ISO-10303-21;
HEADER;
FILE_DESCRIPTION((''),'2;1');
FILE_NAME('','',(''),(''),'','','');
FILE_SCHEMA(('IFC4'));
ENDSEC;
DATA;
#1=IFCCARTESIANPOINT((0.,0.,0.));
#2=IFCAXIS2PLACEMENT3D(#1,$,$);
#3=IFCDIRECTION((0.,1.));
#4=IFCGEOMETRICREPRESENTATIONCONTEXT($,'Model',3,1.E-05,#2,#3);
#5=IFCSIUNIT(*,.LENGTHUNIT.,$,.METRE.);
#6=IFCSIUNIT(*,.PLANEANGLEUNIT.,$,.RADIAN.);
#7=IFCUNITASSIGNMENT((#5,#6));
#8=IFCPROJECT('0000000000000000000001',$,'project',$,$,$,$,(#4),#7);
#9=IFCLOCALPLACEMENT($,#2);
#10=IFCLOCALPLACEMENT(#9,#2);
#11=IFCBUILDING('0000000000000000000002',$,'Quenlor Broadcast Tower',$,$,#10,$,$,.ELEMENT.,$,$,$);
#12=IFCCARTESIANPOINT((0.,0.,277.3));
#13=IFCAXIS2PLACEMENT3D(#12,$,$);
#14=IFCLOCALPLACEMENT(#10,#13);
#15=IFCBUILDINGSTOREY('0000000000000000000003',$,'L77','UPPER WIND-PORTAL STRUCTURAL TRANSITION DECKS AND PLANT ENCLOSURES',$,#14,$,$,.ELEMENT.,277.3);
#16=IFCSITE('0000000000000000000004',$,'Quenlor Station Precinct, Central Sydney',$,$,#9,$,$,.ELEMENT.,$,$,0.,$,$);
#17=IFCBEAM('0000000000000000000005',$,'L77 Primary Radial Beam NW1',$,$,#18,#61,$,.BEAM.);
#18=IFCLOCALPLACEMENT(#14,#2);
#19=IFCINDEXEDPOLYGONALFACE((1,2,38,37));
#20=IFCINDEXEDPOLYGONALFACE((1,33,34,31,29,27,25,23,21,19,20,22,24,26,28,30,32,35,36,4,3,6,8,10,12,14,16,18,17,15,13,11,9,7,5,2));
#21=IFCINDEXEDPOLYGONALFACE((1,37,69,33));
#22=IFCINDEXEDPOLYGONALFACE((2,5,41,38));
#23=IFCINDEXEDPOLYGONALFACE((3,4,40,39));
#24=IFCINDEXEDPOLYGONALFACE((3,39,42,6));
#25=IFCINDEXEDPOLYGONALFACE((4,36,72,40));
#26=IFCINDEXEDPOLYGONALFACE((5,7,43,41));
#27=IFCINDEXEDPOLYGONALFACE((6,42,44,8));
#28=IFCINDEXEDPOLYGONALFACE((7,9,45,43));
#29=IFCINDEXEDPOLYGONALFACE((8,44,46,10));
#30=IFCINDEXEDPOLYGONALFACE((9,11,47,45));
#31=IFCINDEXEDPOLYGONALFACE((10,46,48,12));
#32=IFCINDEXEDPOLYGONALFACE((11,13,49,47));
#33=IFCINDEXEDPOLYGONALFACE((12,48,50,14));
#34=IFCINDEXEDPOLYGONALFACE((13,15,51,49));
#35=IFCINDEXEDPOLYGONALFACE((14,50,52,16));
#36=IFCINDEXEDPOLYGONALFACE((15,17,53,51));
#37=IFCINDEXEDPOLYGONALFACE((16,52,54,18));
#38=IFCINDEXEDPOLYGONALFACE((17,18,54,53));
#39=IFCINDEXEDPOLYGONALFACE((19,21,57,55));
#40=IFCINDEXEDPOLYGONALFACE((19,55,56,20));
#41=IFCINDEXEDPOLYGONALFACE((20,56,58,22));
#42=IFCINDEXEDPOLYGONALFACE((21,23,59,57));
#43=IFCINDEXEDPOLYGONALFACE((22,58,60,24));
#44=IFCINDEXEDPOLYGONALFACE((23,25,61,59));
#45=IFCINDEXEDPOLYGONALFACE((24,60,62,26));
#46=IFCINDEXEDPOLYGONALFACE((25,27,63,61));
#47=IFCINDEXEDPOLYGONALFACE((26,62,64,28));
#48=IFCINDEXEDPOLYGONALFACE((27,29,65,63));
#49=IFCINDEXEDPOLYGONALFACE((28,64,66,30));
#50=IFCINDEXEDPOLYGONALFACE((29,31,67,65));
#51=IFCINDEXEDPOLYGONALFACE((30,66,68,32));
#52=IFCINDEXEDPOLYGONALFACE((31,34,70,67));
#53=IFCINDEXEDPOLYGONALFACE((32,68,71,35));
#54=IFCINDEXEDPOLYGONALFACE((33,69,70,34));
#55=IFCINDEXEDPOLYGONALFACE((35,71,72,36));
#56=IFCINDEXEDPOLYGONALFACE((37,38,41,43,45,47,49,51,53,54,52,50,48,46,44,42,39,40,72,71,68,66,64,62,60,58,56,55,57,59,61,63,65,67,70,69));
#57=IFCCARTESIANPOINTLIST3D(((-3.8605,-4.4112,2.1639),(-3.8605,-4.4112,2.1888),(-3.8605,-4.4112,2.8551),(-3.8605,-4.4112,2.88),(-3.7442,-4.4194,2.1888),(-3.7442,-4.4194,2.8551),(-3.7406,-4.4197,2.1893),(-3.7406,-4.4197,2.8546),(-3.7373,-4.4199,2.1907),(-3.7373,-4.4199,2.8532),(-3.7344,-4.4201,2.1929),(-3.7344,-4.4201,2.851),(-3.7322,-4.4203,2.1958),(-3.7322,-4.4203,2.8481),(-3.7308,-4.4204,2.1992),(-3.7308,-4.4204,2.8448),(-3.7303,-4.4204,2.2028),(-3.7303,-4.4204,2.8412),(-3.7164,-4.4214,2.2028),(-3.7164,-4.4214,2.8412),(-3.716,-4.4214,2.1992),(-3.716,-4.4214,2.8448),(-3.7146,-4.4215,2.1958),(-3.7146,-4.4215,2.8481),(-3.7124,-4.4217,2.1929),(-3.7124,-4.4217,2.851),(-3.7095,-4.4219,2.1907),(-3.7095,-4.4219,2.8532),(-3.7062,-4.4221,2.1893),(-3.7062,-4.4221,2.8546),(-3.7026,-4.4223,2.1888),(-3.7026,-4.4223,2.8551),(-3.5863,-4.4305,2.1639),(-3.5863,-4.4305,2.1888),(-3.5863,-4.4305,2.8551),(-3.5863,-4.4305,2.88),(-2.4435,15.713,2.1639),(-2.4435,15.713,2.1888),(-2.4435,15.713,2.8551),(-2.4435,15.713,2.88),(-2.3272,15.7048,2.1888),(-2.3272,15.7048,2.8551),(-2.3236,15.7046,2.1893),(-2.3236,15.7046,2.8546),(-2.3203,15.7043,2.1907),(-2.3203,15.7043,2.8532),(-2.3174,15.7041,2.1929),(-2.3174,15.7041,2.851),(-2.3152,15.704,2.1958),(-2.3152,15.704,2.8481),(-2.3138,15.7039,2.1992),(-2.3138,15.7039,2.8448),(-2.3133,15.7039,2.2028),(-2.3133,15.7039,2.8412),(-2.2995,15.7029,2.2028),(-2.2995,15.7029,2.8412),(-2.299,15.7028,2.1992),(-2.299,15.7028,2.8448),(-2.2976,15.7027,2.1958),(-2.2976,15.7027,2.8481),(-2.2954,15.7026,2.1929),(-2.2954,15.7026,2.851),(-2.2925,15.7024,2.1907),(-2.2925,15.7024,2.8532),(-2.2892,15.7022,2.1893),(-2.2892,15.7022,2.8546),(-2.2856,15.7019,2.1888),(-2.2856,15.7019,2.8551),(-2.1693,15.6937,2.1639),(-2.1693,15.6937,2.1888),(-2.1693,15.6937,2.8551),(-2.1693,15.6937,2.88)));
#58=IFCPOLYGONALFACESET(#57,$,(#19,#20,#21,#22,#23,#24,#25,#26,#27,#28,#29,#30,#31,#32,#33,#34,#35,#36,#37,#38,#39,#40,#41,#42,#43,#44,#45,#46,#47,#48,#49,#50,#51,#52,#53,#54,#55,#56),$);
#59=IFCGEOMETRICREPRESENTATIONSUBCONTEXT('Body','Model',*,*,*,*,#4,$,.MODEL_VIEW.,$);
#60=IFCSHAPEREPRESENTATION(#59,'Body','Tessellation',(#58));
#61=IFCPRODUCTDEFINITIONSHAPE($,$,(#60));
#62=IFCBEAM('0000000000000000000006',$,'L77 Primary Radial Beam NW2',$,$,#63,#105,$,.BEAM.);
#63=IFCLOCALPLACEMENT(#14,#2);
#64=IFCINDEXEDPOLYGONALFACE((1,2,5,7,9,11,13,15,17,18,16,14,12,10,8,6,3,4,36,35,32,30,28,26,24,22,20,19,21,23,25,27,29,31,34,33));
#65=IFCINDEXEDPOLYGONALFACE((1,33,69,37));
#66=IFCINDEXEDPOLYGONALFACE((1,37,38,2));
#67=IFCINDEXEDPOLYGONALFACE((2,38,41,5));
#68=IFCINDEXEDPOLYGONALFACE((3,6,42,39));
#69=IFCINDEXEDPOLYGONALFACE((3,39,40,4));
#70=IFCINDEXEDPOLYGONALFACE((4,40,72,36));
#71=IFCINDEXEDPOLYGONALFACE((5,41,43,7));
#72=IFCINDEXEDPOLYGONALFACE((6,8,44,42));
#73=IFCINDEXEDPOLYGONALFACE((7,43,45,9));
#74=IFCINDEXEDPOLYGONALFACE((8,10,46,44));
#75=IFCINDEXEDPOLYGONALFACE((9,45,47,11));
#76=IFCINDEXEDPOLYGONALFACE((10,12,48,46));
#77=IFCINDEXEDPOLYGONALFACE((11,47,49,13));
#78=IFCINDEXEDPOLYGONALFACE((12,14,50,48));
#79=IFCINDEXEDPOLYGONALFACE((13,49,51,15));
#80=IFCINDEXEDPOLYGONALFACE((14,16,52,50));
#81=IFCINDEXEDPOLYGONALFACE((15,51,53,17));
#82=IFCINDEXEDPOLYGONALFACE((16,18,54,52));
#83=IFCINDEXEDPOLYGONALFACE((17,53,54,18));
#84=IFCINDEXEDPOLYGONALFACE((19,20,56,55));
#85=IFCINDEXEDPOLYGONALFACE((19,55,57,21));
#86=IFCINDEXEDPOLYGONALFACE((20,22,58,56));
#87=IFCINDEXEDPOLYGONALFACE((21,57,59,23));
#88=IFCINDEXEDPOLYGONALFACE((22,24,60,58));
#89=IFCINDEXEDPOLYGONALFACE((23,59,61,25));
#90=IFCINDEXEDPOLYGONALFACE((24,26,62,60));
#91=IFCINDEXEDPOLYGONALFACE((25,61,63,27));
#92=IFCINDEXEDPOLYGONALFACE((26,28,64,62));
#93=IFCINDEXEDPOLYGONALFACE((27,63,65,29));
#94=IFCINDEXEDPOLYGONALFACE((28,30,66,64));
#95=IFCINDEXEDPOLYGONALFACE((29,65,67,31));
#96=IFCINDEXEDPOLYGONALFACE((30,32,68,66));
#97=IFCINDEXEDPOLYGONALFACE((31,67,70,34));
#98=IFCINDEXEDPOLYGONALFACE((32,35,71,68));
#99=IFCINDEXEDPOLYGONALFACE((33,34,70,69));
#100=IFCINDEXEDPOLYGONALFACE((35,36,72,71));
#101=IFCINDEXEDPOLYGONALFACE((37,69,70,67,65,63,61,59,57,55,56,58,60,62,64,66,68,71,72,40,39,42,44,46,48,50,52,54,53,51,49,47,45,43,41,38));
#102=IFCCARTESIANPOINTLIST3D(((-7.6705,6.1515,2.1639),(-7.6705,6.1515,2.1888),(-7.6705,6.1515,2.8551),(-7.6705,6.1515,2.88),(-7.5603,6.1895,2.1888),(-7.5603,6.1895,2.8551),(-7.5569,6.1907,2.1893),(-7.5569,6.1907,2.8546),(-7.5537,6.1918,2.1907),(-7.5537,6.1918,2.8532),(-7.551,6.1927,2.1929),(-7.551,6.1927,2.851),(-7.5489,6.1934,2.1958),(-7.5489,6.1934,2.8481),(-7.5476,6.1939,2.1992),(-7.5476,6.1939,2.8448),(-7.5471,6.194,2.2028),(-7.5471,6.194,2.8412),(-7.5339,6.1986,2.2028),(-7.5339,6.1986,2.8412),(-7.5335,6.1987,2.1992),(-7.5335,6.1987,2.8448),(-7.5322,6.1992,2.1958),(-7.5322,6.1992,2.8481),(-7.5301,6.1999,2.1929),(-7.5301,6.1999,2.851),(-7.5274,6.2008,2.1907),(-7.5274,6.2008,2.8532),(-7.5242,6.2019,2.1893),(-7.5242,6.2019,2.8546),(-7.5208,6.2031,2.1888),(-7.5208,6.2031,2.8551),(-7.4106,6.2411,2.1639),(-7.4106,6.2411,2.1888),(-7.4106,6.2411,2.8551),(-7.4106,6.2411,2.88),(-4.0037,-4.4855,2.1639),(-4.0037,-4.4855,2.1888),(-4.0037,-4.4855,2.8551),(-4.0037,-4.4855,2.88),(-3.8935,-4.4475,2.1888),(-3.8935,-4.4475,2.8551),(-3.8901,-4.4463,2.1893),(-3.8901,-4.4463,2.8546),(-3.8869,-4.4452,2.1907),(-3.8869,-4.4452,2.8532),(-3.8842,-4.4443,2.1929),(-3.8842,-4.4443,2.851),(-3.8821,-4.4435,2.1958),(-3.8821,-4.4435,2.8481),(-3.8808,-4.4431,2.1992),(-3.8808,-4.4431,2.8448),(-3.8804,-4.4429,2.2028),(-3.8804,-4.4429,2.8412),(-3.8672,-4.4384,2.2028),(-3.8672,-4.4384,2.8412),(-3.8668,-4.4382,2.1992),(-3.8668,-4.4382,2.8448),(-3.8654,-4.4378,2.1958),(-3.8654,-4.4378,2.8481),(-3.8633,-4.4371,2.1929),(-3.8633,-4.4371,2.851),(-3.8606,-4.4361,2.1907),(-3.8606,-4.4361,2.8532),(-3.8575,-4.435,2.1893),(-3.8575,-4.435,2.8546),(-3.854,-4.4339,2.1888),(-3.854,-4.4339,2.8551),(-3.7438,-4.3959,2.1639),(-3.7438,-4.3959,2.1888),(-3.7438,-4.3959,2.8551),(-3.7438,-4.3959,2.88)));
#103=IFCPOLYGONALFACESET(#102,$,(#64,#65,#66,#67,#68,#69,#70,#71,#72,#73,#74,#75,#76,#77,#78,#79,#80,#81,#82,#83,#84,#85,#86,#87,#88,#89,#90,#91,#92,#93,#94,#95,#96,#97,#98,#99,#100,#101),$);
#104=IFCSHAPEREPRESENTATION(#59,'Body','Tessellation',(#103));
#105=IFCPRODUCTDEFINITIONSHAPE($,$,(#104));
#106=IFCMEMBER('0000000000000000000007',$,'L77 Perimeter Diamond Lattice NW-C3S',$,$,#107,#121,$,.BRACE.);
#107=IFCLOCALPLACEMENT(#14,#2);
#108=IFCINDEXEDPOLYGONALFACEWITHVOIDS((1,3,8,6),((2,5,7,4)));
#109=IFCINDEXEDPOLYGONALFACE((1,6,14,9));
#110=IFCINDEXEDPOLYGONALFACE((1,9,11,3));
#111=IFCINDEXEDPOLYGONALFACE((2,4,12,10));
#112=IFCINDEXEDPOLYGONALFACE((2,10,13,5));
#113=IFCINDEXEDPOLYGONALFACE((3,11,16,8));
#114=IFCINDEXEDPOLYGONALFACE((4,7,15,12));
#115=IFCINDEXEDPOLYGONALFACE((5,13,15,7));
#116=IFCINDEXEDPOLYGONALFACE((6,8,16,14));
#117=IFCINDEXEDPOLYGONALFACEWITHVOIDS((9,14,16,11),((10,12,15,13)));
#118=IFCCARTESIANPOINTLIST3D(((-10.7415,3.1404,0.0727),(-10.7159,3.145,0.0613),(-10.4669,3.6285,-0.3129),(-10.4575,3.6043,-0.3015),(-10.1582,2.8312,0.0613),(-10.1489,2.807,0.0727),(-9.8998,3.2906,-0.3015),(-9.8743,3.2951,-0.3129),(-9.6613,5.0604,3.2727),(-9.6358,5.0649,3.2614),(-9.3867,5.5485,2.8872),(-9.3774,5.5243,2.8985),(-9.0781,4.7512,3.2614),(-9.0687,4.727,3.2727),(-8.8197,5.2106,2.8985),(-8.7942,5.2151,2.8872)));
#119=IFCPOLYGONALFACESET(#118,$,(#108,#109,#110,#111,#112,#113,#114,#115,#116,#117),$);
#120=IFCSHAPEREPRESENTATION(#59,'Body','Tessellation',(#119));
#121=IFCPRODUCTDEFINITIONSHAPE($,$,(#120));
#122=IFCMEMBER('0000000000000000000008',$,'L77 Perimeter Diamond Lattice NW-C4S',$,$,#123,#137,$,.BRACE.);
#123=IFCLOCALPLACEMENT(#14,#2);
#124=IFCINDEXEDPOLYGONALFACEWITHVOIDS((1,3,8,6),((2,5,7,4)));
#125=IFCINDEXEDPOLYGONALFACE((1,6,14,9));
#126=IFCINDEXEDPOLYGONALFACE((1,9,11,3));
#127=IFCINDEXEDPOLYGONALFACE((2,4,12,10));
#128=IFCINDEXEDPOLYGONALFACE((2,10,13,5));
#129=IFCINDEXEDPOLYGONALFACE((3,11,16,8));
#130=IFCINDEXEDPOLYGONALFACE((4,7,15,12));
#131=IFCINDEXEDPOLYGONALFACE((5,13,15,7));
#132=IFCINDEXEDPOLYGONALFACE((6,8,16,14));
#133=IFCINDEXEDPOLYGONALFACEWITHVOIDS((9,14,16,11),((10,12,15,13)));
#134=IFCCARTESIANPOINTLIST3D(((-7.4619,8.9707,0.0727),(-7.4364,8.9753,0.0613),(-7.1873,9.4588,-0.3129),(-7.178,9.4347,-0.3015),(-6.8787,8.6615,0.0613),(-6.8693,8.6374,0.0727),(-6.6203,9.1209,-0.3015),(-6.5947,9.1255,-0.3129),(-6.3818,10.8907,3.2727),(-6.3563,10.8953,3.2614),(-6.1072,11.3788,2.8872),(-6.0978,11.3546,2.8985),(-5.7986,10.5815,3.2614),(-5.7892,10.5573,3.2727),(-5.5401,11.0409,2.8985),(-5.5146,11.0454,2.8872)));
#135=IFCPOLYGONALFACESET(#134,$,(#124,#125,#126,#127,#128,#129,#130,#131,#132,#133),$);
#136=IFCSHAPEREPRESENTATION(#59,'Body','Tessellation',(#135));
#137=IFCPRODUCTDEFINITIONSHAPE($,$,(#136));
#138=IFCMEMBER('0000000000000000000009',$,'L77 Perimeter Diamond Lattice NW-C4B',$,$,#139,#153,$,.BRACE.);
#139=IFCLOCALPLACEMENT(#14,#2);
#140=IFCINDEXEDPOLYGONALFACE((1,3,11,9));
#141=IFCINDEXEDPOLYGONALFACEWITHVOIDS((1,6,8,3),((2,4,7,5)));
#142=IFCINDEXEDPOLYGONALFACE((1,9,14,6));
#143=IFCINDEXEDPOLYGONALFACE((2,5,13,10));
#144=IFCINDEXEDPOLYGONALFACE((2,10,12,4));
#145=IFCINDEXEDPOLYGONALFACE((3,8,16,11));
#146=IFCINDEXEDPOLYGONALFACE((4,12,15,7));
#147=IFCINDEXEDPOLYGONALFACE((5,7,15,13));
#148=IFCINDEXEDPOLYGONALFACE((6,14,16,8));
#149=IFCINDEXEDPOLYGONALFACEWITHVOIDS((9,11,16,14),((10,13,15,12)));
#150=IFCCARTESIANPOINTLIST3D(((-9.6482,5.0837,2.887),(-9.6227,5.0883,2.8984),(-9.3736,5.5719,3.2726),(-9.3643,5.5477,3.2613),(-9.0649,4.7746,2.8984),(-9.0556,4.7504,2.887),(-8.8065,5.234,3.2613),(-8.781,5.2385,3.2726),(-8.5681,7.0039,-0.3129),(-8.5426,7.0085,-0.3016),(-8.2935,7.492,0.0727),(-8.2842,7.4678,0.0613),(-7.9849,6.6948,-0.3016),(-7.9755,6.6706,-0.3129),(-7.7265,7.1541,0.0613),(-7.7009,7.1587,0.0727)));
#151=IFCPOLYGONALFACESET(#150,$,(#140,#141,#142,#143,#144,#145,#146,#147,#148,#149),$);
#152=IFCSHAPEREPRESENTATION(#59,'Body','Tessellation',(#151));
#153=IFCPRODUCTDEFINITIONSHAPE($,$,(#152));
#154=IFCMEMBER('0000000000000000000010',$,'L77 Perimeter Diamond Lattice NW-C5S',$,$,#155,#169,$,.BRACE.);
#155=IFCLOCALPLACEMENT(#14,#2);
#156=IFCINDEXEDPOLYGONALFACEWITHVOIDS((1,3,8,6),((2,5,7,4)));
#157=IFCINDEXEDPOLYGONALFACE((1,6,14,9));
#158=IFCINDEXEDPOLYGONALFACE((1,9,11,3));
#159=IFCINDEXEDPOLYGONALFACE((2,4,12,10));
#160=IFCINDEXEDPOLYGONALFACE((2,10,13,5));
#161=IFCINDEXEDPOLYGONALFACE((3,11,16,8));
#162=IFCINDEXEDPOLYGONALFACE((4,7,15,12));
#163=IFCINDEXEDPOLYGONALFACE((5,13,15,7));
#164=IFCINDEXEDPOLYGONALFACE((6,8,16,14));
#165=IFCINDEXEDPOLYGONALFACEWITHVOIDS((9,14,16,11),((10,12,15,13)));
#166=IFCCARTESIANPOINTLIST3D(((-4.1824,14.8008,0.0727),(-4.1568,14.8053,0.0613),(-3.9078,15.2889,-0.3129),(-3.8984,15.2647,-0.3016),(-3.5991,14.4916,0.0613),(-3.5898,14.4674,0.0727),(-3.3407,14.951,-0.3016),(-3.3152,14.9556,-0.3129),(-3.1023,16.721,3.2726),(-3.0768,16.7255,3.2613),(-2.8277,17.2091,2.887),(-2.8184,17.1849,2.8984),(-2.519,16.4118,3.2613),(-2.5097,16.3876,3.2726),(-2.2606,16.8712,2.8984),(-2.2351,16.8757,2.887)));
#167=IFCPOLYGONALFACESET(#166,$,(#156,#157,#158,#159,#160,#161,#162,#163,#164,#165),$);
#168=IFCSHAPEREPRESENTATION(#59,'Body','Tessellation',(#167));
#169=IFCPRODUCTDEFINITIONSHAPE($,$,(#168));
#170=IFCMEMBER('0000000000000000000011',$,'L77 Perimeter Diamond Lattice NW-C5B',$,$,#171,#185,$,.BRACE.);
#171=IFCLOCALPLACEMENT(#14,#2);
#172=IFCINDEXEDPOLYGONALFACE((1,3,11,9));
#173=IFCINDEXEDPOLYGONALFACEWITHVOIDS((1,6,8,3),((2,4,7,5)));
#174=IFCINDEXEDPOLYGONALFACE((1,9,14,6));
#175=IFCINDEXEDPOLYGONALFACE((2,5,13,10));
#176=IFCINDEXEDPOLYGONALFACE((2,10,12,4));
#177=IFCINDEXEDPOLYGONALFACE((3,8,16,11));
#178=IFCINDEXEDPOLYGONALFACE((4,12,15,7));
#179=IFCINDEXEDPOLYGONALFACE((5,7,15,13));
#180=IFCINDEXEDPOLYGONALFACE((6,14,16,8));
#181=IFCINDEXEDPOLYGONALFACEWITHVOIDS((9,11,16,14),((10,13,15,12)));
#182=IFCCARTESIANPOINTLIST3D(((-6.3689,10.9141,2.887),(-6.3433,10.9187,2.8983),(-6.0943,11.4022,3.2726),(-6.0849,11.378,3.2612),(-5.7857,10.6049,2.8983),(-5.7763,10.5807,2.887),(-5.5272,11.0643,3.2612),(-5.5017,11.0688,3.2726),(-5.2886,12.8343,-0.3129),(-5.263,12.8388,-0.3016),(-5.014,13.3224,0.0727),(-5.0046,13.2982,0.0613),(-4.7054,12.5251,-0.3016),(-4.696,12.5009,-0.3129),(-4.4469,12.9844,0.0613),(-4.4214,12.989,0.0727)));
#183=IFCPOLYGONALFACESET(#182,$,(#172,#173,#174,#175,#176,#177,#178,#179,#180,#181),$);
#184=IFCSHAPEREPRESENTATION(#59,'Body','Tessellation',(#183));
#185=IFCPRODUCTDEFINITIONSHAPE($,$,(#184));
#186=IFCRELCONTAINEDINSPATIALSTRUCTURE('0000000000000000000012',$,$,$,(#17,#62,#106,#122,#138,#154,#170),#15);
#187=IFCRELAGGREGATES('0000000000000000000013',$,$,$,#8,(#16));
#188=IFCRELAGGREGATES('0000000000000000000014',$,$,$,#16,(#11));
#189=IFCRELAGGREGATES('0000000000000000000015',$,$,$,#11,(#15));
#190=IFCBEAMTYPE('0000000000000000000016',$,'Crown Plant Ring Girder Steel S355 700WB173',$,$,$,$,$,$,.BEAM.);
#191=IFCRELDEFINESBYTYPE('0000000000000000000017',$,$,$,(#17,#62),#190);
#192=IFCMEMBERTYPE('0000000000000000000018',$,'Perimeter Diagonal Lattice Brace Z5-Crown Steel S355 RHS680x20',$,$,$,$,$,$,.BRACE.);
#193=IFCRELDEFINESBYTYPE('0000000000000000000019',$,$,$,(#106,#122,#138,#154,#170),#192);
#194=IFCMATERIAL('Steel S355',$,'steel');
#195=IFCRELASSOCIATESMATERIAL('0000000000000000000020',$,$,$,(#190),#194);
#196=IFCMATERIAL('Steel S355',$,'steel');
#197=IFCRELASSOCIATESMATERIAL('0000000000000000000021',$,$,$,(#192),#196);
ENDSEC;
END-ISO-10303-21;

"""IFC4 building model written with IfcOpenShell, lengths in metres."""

from ifc_helpers import new_model, si_unit, direction, frame, origin, origin_2d, place, context, subcontext, project, spatial, hollow_rectangle, i_section, extrude, material, material_profile, profile_set, type_object, element, save


model = new_model("IFC4")

# Units and contexts
model_context = context("Model", 3, precision=1e-05, world=origin(), true_north=direction((0.0, 1.0)))
body_context = subcontext(model_context, "Body", "Model", "MODEL_VIEW")
ifc_project = project(units=[si_unit("LENGTHUNIT", "METRE"), si_unit("PLANEANGLEUNIT", "RADIAN")], contexts=[model_context])

# Site, building, storey
site_placement = place(None, origin())
site = spatial("IfcSite", under=ifc_project, at=site_placement, Name="Quenlor Station Precinct, Central Sydney", CompositionType="ELEMENT", RefElevation=0.0)
building_placement = place(site_placement, origin())
building = spatial("IfcBuilding", under=site, at=building_placement, Name="Quenlor Broadcast Tower", CompositionType="ELEMENT")
storey_placement = place(building_placement, frame((0.0, 0.0, 277.3)))
storey = spatial("IfcBuildingStorey", under=building, at=storey_placement, Name="L77", Description="UPPER WIND-PORTAL STRUCTURAL TRANSITION DECKS AND PLANT ENCLOSURES", CompositionType="ELEMENT", Elevation=277.3)

# Beams
ifc_material_1 = material(Name="Steel S355", Category="steel")
ifc_material_profile_1 = material_profile(ifc_material_1, i_section(OverallWidth=0.2749, OverallDepth=0.7161, WebThickness=0.0139, FlangeThickness=0.0249, FilletRadius=0.0139, at=origin_2d()))
ifc_profile_set_1 = profile_set([ifc_material_profile_1], Name="Steel S355 700WB173")
beam_type_1 = type_object("IfcBeamType", Name="Crown Plant Ring Girder Steel S355 700WB173", PredefinedType="BEAM", material=ifc_profile_set_1)
beam_1_placement = place(storey_placement, frame((-2.3064, 15.7034, 2.522), z_axis=(-0.070238, -0.99753, 0.0), x_axis=(0.99753, -0.070238, 0.0)))
element("IfcBeam", 1, at=beam_1_placement, inside=storey, type_object=beam_type_1, Name="L77 Primary Radial Beam NW1", PredefinedType="BEAM", context=body_context, shape_type="SweptSolid", body=[
    extrude(i_section(OverallWidth=0.2749, OverallDepth=0.7161, WebThickness=0.0139, FlangeThickness=0.0249, FilletRadius=0.0139, at=origin_2d()), origin(), (0.0, 0.0, 1.0), 20.1741),
])
beam_2_placement = place(storey_placement, frame((-7.5405, 6.1963, 2.522), z_axis=(0.325898, -0.945405, 0.0), x_axis=(0.945405, 0.325898, 0.0)))
element("IfcBeam", 2, at=beam_2_placement, inside=storey, type_object=beam_type_1, Name="L77 Primary Radial Beam NW2", PredefinedType="BEAM", context=body_context, shape_type="SweptSolid", body=[
    extrude(i_section(OverallWidth=0.2749, OverallDepth=0.7161, WebThickness=0.0139, FlangeThickness=0.0249, FilletRadius=0.0139, at=origin_2d()), origin(), (0.0, 0.0, 1.0), 11.2512),
])

# Members
ifc_material_2 = material(Name="Steel S355", Category="steel")
ifc_material_profile_2 = material_profile(ifc_material_2, hollow_rectangle(XDim=0.6799, YDim=0.6799, WallThickness=0.02, at=origin_2d()))
ifc_profile_set_2 = profile_set([ifc_material_profile_2], Name="Steel S355 RHS680x680x20")
member_type_1 = type_object("IfcMemberType", Name="Perimeter Diagonal Lattice Brace Z5-Crown Steel S355 RHS680x20", PredefinedType="BRACE", material=ifc_profile_set_2)
for number, where, z_axis, x_axis, name in (
    (3, (-10.3079, 3.2178, -0.1201), (0.27802, 0.494203, 0.823692), (-0.871552, 0.490303, 0.0), "L77 Perimeter Diamond Lattice NW-C3S"),
    (4, (-7.0283, 9.0481, -0.1201), (0.27802, 0.494203, 0.823692), (-0.871552, 0.490303, 0.0), "L77 Perimeter Diamond Lattice NW-C4S"),
    (5, (-8.1345, 7.0813, -0.1201), (-0.278012, -0.49425, 0.823666), (0.871578, -0.490256, 0.0), "L77 Perimeter Diamond Lattice NW-C4B"),
    (6, (-3.7488, 14.8782, -0.1201), (0.278012, 0.49425, 0.823666), (-0.871578, 0.490256, 0.0), "L77 Perimeter Diamond Lattice NW-C5S"),
    (7, (-4.855, 12.9116, -0.1201), (-0.27807, -0.494241, 0.823652), (0.871531, -0.49034, 0.0), "L77 Perimeter Diamond Lattice NW-C5B"),
):
    element("IfcMember", number, at=place(storey_placement, frame(where, z_axis=z_axis, x_axis=x_axis)), inside=storey, type_object=member_type_1, Name=name, PredefinedType="BRACE", context=body_context, shape_type="SweptSolid", body=[
        extrude(hollow_rectangle(XDim=0.6799, YDim=0.6799, WallThickness=0.02, at=origin_2d()), origin(), (0.0, 0.0, 1.0), 3.885),
    ])

save(model, "model.ifc")
